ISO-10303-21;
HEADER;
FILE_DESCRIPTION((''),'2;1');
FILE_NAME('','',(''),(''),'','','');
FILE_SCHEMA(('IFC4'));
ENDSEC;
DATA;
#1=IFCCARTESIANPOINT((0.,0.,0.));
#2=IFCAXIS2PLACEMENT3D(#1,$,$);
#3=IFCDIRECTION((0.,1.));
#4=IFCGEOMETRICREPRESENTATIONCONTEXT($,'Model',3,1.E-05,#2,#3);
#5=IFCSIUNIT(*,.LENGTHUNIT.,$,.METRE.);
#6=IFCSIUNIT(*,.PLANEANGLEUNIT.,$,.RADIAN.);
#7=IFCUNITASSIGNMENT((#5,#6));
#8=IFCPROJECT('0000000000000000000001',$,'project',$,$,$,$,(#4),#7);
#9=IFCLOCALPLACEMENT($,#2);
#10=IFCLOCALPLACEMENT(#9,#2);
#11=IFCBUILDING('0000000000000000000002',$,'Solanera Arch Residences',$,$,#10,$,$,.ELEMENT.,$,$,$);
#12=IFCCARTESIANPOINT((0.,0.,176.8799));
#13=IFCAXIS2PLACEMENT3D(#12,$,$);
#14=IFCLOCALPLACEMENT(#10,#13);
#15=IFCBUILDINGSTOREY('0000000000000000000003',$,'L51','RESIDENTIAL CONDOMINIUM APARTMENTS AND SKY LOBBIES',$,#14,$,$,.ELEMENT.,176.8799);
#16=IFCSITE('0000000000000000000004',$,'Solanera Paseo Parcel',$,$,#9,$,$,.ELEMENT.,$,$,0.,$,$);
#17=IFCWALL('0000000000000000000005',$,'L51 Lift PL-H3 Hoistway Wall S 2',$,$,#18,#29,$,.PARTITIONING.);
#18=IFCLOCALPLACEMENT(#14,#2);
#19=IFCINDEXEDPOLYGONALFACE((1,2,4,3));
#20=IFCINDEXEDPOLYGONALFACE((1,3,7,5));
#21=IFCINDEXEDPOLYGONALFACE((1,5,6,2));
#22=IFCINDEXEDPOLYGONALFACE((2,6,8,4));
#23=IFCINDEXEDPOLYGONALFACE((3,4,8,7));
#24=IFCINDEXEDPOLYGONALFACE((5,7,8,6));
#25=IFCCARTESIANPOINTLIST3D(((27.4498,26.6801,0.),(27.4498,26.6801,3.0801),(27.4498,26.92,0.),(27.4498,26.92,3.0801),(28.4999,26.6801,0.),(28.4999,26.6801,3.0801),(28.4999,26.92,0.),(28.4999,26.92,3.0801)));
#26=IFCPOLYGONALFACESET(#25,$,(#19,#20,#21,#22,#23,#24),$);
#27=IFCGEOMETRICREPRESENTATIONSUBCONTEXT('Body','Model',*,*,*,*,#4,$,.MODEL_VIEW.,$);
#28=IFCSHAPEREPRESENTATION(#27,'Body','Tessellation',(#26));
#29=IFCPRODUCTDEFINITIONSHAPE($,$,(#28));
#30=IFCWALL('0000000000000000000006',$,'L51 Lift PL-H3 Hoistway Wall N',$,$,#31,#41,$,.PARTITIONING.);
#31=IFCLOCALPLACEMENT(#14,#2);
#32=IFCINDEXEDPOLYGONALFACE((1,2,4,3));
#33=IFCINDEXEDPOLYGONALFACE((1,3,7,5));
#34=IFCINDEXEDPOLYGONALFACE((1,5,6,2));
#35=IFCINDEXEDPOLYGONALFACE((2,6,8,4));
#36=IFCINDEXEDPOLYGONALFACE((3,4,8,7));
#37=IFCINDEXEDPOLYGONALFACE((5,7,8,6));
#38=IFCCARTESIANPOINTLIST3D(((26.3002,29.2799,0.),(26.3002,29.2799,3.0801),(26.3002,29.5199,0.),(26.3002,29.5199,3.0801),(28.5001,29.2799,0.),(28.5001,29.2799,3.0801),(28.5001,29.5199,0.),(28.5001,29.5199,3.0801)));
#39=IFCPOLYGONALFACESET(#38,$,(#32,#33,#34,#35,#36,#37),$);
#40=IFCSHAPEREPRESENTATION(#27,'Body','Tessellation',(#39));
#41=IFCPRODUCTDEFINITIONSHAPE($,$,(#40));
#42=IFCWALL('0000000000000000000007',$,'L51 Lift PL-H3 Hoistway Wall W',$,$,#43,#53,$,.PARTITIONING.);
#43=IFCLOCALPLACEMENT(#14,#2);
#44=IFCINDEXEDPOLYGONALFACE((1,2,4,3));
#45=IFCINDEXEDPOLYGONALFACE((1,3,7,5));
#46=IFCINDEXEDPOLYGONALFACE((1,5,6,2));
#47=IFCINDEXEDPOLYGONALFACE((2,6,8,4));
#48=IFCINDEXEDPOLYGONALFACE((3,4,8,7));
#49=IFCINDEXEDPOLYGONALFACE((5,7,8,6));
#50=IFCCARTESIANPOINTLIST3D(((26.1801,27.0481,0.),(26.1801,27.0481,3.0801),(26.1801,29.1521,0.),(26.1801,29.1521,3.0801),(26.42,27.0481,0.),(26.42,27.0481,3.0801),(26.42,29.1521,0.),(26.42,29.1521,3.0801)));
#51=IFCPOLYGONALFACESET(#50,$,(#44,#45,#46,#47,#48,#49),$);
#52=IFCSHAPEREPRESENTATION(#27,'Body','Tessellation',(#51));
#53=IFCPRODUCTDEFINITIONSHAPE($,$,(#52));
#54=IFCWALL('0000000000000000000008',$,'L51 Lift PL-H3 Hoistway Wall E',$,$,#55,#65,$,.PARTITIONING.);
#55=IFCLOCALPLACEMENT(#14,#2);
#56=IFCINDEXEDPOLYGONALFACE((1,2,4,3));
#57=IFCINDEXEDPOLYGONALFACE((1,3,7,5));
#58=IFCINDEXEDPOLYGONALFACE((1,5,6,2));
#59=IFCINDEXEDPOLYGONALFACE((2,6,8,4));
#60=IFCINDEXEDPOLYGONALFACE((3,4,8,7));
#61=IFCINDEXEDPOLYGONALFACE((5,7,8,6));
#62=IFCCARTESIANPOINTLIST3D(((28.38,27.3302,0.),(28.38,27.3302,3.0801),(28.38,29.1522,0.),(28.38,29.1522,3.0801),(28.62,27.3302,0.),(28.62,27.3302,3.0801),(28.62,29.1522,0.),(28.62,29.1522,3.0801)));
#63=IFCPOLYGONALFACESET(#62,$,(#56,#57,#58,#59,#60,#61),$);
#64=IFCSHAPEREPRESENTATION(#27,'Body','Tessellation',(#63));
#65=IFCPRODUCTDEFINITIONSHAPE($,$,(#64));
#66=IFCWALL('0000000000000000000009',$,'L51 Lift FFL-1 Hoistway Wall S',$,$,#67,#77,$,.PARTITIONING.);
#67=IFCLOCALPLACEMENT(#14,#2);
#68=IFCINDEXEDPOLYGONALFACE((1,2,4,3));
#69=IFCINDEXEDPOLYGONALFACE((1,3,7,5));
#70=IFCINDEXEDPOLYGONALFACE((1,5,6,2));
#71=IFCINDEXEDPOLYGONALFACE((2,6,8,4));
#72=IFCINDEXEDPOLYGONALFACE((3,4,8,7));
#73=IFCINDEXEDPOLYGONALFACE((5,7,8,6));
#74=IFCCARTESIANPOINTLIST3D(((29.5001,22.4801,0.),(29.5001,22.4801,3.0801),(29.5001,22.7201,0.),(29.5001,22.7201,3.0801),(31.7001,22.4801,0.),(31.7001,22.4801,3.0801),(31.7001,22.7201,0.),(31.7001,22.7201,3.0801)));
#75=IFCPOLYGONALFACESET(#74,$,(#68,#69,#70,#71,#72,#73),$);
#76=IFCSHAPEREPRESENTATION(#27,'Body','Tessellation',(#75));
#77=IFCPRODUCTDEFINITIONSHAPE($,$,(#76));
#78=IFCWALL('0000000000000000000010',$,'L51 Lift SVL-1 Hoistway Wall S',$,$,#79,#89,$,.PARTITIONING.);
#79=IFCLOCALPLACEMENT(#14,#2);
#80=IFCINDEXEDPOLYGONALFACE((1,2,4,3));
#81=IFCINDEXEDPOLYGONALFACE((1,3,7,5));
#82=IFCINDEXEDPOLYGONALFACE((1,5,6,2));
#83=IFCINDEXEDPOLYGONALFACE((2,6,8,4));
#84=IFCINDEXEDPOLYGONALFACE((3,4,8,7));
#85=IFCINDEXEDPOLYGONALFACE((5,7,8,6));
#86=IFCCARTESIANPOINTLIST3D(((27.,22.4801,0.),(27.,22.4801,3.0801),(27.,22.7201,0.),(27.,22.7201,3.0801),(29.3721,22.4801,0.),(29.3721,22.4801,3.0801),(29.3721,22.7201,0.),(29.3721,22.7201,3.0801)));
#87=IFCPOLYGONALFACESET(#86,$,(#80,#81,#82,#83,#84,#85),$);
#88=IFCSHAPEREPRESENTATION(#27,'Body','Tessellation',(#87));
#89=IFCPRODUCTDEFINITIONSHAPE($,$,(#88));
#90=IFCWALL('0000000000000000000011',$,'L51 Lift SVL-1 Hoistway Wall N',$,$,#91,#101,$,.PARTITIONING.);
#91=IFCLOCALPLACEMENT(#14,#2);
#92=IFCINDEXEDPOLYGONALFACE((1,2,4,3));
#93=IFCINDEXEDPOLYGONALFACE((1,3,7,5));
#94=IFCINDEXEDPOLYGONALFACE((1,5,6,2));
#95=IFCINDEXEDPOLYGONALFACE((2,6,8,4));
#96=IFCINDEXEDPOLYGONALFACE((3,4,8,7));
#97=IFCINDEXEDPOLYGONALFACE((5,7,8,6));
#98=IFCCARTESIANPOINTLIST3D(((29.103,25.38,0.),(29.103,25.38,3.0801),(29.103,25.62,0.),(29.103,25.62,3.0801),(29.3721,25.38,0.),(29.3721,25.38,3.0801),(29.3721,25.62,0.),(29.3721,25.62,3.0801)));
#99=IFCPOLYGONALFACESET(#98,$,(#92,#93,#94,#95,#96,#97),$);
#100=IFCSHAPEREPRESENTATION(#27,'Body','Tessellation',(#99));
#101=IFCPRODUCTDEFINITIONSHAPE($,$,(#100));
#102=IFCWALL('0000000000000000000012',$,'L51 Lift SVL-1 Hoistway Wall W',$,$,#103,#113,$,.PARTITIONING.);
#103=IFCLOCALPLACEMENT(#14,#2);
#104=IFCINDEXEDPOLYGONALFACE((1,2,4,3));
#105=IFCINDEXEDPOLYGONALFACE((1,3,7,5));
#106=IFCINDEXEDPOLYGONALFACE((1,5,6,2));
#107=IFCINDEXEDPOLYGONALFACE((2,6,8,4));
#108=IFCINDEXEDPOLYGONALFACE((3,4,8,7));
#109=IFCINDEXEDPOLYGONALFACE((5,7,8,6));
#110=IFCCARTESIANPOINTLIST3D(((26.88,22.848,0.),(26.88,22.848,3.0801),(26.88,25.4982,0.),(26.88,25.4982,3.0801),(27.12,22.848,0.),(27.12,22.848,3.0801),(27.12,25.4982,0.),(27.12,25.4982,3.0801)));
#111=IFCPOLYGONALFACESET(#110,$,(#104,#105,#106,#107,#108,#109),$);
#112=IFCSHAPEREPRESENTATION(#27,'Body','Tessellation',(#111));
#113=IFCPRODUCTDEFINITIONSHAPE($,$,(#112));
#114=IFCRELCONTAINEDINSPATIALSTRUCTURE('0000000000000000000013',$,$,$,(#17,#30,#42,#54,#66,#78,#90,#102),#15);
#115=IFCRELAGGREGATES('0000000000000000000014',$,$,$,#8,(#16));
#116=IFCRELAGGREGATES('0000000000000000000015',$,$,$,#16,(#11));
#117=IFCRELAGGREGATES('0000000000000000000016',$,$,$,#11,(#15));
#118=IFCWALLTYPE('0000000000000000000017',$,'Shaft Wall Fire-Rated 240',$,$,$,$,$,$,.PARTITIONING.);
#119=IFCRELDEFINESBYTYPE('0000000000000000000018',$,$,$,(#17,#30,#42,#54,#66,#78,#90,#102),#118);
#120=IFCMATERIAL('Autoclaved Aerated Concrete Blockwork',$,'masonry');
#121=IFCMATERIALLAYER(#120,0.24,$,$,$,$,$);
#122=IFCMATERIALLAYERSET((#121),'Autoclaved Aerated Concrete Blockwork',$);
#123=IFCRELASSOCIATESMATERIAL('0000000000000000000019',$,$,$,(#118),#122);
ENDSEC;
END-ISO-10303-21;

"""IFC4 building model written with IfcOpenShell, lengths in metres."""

from ifc_helpers import new_model, si_unit, direction, frame, frame_2d, origin, place, context, subcontext, project, spatial, rectangle, extrude, material, layer, layer_set, type_object, element, save


model = new_model("IFC4")

# Units and contexts
model_context = context("Model", 3, precision=1e-05, world=origin(), true_north=direction((0.0, 1.0)))
body_context = subcontext(model_context, "Body", "Model", "MODEL_VIEW")
ifc_project = project(units=[si_unit("LENGTHUNIT", "METRE"), si_unit("PLANEANGLEUNIT", "RADIAN")], contexts=[model_context])

# Site, building, storey
site_placement = place(None, origin())
site = spatial("IfcSite", under=ifc_project, at=site_placement, Name="Solanera Paseo Parcel", CompositionType="ELEMENT", RefElevation=0.0)
building_placement = place(site_placement, origin())
building = spatial("IfcBuilding", under=site, at=building_placement, Name="Solanera Arch Residences", CompositionType="ELEMENT")
storey_placement = place(building_placement, frame((0.0, 0.0, 176.8799)))
storey = spatial("IfcBuildingStorey", under=building, at=storey_placement, Name="L51", Description="RESIDENTIAL CONDOMINIUM APARTMENTS AND SKY LOBBIES", CompositionType="ELEMENT", Elevation=176.8799)

# Walls
ifc_material_1 = material(Name="Autoclaved Aerated Concrete Blockwork", Category="masonry")
ifc_layer_1 = layer(ifc_material_1, 0.24)
ifc_layer_set_1 = layer_set([ifc_layer_1], Name="Autoclaved Aerated Concrete Blockwork")
wall_type_1 = type_object("IfcWallType", Name="Shaft Wall Fire-Rated 240", PredefinedType="PARTITIONING", material=ifc_layer_set_1)
wall_1_placement = place(storey_placement, frame((27.45, 26.8, 0.0), z_axis=(0.0, 0.0, 1.0), x_axis=(1.0, 0.0, 0.0)))
element("IfcWall", 1, at=wall_1_placement, inside=storey, type_object=wall_type_1, Name="L51 Lift PL-H3 Hoistway Wall S 2", PredefinedType="PARTITIONING", context=body_context, shape_type="SweptSolid", body=[
    extrude(rectangle(XDim=1.05, YDim=0.24, at=frame_2d((0.5249, 0.0))), origin(), (0.0, 0.0, 1.0), 3.0801),
])
wall_2_placement = place(storey_placement, frame((26.3, 29.3999, 0.0), z_axis=(0.0, 0.0, 1.0), x_axis=(1.0, 0.0, 0.0)))
element("IfcWall", 2, at=wall_2_placement, inside=storey, type_object=wall_type_1, Name="L51 Lift PL-H3 Hoistway Wall N", PredefinedType="PARTITIONING", context=body_context, shape_type="SweptSolid", body=[
    extrude(rectangle(XDim=2.2, YDim=0.24, at=frame_2d((1.1001, 0.0))), origin(), (0.0, 0.0, 1.0), 3.0801),
])
wall_3_placement = place(storey_placement, frame((26.3, 27.0481, 0.0), z_axis=(0.0, 0.0, 1.0), x_axis=(0.0, 1.0, 0.0)))
element("IfcWall", 3, at=wall_3_placement, inside=storey, type_object=wall_type_1, Name="L51 Lift PL-H3 Hoistway Wall W", PredefinedType="PARTITIONING", context=body_context, shape_type="SweptSolid", body=[
    extrude(rectangle(XDim=2.104, YDim=0.24, at=frame_2d((1.052, 0.0))), origin(), (0.0, 0.0, 1.0), 3.0801),
])
wall_4_placement = place(storey_placement, frame((28.5, 27.3301, 0.0), z_axis=(0.0, 0.0, 1.0), x_axis=(0.0, 1.0, 0.0)))
element("IfcWall", 4, at=wall_4_placement, inside=storey, type_object=wall_type_1, Name="L51 Lift PL-H3 Hoistway Wall E", PredefinedType="PARTITIONING", context=body_context, shape_type="SweptSolid", body=[
    extrude(rectangle(XDim=1.822, YDim=0.24, at=frame_2d((0.9111, 0.0))), origin(), (0.0, 0.0, 1.0), 3.0801),
])
wall_5_placement = place(storey_placement, frame((29.5, 22.6001, 0.0), z_axis=(0.0, 0.0, 1.0), x_axis=(1.0, 0.0, 0.0)))
element("IfcWall", 5, at=wall_5_placement, inside=storey, type_object=wall_type_1, Name="L51 Lift FFL-1 Hoistway Wall S", PredefinedType="PARTITIONING", context=body_context, shape_type="SweptSolid", body=[
    extrude(rectangle(XDim=2.2, YDim=0.24, at=frame_2d((1.1001, 0.0))), origin(), (0.0, 0.0, 1.0), 3.0801),
])
wall_6_placement = place(storey_placement, frame((27.0, 22.6001, 0.0), z_axis=(0.0, 0.0, 1.0), x_axis=(1.0, 0.0, 0.0)))
element("IfcWall", 6, at=wall_6_placement, inside=storey, type_object=wall_type_1, Name="L51 Lift SVL-1 Hoistway Wall S", PredefinedType="PARTITIONING", context=body_context, shape_type="SweptSolid", body=[
    extrude(rectangle(XDim=2.3721, YDim=0.24, at=frame_2d((1.186, 0.0))), origin(), (0.0, 0.0, 1.0), 3.0801),
])
wall_7_placement = place(storey_placement, frame((29.103, 25.5, 0.0), z_axis=(0.0, 0.0, 1.0), x_axis=(1.0, 0.0, 0.0)))
element("IfcWall", 7, at=wall_7_placement, inside=storey, type_object=wall_type_1, Name="L51 Lift SVL-1 Hoistway Wall N", PredefinedType="PARTITIONING", context=body_context, shape_type="SweptSolid", body=[
    extrude(rectangle(XDim=0.269, YDim=0.24, at=frame_2d((0.1345, 0.0))), origin(), (0.0, 0.0, 1.0), 3.0801),
])
wall_8_placement = place(storey_placement, frame((27.0, 22.8479, 0.0), z_axis=(0.0, 0.0, 1.0), x_axis=(0.0, 1.0, 0.0)))
element("IfcWall", 8, at=wall_8_placement, inside=storey, type_object=wall_type_1, Name="L51 Lift SVL-1 Hoistway Wall W", PredefinedType="PARTITIONING", context=body_context, shape_type="SweptSolid", body=[
    extrude(rectangle(XDim=2.6501, YDim=0.24, at=frame_2d((1.3252, 0.0))), origin(), (0.0, 0.0, 1.0), 3.0801),
])

save(model, "model.ifc")
